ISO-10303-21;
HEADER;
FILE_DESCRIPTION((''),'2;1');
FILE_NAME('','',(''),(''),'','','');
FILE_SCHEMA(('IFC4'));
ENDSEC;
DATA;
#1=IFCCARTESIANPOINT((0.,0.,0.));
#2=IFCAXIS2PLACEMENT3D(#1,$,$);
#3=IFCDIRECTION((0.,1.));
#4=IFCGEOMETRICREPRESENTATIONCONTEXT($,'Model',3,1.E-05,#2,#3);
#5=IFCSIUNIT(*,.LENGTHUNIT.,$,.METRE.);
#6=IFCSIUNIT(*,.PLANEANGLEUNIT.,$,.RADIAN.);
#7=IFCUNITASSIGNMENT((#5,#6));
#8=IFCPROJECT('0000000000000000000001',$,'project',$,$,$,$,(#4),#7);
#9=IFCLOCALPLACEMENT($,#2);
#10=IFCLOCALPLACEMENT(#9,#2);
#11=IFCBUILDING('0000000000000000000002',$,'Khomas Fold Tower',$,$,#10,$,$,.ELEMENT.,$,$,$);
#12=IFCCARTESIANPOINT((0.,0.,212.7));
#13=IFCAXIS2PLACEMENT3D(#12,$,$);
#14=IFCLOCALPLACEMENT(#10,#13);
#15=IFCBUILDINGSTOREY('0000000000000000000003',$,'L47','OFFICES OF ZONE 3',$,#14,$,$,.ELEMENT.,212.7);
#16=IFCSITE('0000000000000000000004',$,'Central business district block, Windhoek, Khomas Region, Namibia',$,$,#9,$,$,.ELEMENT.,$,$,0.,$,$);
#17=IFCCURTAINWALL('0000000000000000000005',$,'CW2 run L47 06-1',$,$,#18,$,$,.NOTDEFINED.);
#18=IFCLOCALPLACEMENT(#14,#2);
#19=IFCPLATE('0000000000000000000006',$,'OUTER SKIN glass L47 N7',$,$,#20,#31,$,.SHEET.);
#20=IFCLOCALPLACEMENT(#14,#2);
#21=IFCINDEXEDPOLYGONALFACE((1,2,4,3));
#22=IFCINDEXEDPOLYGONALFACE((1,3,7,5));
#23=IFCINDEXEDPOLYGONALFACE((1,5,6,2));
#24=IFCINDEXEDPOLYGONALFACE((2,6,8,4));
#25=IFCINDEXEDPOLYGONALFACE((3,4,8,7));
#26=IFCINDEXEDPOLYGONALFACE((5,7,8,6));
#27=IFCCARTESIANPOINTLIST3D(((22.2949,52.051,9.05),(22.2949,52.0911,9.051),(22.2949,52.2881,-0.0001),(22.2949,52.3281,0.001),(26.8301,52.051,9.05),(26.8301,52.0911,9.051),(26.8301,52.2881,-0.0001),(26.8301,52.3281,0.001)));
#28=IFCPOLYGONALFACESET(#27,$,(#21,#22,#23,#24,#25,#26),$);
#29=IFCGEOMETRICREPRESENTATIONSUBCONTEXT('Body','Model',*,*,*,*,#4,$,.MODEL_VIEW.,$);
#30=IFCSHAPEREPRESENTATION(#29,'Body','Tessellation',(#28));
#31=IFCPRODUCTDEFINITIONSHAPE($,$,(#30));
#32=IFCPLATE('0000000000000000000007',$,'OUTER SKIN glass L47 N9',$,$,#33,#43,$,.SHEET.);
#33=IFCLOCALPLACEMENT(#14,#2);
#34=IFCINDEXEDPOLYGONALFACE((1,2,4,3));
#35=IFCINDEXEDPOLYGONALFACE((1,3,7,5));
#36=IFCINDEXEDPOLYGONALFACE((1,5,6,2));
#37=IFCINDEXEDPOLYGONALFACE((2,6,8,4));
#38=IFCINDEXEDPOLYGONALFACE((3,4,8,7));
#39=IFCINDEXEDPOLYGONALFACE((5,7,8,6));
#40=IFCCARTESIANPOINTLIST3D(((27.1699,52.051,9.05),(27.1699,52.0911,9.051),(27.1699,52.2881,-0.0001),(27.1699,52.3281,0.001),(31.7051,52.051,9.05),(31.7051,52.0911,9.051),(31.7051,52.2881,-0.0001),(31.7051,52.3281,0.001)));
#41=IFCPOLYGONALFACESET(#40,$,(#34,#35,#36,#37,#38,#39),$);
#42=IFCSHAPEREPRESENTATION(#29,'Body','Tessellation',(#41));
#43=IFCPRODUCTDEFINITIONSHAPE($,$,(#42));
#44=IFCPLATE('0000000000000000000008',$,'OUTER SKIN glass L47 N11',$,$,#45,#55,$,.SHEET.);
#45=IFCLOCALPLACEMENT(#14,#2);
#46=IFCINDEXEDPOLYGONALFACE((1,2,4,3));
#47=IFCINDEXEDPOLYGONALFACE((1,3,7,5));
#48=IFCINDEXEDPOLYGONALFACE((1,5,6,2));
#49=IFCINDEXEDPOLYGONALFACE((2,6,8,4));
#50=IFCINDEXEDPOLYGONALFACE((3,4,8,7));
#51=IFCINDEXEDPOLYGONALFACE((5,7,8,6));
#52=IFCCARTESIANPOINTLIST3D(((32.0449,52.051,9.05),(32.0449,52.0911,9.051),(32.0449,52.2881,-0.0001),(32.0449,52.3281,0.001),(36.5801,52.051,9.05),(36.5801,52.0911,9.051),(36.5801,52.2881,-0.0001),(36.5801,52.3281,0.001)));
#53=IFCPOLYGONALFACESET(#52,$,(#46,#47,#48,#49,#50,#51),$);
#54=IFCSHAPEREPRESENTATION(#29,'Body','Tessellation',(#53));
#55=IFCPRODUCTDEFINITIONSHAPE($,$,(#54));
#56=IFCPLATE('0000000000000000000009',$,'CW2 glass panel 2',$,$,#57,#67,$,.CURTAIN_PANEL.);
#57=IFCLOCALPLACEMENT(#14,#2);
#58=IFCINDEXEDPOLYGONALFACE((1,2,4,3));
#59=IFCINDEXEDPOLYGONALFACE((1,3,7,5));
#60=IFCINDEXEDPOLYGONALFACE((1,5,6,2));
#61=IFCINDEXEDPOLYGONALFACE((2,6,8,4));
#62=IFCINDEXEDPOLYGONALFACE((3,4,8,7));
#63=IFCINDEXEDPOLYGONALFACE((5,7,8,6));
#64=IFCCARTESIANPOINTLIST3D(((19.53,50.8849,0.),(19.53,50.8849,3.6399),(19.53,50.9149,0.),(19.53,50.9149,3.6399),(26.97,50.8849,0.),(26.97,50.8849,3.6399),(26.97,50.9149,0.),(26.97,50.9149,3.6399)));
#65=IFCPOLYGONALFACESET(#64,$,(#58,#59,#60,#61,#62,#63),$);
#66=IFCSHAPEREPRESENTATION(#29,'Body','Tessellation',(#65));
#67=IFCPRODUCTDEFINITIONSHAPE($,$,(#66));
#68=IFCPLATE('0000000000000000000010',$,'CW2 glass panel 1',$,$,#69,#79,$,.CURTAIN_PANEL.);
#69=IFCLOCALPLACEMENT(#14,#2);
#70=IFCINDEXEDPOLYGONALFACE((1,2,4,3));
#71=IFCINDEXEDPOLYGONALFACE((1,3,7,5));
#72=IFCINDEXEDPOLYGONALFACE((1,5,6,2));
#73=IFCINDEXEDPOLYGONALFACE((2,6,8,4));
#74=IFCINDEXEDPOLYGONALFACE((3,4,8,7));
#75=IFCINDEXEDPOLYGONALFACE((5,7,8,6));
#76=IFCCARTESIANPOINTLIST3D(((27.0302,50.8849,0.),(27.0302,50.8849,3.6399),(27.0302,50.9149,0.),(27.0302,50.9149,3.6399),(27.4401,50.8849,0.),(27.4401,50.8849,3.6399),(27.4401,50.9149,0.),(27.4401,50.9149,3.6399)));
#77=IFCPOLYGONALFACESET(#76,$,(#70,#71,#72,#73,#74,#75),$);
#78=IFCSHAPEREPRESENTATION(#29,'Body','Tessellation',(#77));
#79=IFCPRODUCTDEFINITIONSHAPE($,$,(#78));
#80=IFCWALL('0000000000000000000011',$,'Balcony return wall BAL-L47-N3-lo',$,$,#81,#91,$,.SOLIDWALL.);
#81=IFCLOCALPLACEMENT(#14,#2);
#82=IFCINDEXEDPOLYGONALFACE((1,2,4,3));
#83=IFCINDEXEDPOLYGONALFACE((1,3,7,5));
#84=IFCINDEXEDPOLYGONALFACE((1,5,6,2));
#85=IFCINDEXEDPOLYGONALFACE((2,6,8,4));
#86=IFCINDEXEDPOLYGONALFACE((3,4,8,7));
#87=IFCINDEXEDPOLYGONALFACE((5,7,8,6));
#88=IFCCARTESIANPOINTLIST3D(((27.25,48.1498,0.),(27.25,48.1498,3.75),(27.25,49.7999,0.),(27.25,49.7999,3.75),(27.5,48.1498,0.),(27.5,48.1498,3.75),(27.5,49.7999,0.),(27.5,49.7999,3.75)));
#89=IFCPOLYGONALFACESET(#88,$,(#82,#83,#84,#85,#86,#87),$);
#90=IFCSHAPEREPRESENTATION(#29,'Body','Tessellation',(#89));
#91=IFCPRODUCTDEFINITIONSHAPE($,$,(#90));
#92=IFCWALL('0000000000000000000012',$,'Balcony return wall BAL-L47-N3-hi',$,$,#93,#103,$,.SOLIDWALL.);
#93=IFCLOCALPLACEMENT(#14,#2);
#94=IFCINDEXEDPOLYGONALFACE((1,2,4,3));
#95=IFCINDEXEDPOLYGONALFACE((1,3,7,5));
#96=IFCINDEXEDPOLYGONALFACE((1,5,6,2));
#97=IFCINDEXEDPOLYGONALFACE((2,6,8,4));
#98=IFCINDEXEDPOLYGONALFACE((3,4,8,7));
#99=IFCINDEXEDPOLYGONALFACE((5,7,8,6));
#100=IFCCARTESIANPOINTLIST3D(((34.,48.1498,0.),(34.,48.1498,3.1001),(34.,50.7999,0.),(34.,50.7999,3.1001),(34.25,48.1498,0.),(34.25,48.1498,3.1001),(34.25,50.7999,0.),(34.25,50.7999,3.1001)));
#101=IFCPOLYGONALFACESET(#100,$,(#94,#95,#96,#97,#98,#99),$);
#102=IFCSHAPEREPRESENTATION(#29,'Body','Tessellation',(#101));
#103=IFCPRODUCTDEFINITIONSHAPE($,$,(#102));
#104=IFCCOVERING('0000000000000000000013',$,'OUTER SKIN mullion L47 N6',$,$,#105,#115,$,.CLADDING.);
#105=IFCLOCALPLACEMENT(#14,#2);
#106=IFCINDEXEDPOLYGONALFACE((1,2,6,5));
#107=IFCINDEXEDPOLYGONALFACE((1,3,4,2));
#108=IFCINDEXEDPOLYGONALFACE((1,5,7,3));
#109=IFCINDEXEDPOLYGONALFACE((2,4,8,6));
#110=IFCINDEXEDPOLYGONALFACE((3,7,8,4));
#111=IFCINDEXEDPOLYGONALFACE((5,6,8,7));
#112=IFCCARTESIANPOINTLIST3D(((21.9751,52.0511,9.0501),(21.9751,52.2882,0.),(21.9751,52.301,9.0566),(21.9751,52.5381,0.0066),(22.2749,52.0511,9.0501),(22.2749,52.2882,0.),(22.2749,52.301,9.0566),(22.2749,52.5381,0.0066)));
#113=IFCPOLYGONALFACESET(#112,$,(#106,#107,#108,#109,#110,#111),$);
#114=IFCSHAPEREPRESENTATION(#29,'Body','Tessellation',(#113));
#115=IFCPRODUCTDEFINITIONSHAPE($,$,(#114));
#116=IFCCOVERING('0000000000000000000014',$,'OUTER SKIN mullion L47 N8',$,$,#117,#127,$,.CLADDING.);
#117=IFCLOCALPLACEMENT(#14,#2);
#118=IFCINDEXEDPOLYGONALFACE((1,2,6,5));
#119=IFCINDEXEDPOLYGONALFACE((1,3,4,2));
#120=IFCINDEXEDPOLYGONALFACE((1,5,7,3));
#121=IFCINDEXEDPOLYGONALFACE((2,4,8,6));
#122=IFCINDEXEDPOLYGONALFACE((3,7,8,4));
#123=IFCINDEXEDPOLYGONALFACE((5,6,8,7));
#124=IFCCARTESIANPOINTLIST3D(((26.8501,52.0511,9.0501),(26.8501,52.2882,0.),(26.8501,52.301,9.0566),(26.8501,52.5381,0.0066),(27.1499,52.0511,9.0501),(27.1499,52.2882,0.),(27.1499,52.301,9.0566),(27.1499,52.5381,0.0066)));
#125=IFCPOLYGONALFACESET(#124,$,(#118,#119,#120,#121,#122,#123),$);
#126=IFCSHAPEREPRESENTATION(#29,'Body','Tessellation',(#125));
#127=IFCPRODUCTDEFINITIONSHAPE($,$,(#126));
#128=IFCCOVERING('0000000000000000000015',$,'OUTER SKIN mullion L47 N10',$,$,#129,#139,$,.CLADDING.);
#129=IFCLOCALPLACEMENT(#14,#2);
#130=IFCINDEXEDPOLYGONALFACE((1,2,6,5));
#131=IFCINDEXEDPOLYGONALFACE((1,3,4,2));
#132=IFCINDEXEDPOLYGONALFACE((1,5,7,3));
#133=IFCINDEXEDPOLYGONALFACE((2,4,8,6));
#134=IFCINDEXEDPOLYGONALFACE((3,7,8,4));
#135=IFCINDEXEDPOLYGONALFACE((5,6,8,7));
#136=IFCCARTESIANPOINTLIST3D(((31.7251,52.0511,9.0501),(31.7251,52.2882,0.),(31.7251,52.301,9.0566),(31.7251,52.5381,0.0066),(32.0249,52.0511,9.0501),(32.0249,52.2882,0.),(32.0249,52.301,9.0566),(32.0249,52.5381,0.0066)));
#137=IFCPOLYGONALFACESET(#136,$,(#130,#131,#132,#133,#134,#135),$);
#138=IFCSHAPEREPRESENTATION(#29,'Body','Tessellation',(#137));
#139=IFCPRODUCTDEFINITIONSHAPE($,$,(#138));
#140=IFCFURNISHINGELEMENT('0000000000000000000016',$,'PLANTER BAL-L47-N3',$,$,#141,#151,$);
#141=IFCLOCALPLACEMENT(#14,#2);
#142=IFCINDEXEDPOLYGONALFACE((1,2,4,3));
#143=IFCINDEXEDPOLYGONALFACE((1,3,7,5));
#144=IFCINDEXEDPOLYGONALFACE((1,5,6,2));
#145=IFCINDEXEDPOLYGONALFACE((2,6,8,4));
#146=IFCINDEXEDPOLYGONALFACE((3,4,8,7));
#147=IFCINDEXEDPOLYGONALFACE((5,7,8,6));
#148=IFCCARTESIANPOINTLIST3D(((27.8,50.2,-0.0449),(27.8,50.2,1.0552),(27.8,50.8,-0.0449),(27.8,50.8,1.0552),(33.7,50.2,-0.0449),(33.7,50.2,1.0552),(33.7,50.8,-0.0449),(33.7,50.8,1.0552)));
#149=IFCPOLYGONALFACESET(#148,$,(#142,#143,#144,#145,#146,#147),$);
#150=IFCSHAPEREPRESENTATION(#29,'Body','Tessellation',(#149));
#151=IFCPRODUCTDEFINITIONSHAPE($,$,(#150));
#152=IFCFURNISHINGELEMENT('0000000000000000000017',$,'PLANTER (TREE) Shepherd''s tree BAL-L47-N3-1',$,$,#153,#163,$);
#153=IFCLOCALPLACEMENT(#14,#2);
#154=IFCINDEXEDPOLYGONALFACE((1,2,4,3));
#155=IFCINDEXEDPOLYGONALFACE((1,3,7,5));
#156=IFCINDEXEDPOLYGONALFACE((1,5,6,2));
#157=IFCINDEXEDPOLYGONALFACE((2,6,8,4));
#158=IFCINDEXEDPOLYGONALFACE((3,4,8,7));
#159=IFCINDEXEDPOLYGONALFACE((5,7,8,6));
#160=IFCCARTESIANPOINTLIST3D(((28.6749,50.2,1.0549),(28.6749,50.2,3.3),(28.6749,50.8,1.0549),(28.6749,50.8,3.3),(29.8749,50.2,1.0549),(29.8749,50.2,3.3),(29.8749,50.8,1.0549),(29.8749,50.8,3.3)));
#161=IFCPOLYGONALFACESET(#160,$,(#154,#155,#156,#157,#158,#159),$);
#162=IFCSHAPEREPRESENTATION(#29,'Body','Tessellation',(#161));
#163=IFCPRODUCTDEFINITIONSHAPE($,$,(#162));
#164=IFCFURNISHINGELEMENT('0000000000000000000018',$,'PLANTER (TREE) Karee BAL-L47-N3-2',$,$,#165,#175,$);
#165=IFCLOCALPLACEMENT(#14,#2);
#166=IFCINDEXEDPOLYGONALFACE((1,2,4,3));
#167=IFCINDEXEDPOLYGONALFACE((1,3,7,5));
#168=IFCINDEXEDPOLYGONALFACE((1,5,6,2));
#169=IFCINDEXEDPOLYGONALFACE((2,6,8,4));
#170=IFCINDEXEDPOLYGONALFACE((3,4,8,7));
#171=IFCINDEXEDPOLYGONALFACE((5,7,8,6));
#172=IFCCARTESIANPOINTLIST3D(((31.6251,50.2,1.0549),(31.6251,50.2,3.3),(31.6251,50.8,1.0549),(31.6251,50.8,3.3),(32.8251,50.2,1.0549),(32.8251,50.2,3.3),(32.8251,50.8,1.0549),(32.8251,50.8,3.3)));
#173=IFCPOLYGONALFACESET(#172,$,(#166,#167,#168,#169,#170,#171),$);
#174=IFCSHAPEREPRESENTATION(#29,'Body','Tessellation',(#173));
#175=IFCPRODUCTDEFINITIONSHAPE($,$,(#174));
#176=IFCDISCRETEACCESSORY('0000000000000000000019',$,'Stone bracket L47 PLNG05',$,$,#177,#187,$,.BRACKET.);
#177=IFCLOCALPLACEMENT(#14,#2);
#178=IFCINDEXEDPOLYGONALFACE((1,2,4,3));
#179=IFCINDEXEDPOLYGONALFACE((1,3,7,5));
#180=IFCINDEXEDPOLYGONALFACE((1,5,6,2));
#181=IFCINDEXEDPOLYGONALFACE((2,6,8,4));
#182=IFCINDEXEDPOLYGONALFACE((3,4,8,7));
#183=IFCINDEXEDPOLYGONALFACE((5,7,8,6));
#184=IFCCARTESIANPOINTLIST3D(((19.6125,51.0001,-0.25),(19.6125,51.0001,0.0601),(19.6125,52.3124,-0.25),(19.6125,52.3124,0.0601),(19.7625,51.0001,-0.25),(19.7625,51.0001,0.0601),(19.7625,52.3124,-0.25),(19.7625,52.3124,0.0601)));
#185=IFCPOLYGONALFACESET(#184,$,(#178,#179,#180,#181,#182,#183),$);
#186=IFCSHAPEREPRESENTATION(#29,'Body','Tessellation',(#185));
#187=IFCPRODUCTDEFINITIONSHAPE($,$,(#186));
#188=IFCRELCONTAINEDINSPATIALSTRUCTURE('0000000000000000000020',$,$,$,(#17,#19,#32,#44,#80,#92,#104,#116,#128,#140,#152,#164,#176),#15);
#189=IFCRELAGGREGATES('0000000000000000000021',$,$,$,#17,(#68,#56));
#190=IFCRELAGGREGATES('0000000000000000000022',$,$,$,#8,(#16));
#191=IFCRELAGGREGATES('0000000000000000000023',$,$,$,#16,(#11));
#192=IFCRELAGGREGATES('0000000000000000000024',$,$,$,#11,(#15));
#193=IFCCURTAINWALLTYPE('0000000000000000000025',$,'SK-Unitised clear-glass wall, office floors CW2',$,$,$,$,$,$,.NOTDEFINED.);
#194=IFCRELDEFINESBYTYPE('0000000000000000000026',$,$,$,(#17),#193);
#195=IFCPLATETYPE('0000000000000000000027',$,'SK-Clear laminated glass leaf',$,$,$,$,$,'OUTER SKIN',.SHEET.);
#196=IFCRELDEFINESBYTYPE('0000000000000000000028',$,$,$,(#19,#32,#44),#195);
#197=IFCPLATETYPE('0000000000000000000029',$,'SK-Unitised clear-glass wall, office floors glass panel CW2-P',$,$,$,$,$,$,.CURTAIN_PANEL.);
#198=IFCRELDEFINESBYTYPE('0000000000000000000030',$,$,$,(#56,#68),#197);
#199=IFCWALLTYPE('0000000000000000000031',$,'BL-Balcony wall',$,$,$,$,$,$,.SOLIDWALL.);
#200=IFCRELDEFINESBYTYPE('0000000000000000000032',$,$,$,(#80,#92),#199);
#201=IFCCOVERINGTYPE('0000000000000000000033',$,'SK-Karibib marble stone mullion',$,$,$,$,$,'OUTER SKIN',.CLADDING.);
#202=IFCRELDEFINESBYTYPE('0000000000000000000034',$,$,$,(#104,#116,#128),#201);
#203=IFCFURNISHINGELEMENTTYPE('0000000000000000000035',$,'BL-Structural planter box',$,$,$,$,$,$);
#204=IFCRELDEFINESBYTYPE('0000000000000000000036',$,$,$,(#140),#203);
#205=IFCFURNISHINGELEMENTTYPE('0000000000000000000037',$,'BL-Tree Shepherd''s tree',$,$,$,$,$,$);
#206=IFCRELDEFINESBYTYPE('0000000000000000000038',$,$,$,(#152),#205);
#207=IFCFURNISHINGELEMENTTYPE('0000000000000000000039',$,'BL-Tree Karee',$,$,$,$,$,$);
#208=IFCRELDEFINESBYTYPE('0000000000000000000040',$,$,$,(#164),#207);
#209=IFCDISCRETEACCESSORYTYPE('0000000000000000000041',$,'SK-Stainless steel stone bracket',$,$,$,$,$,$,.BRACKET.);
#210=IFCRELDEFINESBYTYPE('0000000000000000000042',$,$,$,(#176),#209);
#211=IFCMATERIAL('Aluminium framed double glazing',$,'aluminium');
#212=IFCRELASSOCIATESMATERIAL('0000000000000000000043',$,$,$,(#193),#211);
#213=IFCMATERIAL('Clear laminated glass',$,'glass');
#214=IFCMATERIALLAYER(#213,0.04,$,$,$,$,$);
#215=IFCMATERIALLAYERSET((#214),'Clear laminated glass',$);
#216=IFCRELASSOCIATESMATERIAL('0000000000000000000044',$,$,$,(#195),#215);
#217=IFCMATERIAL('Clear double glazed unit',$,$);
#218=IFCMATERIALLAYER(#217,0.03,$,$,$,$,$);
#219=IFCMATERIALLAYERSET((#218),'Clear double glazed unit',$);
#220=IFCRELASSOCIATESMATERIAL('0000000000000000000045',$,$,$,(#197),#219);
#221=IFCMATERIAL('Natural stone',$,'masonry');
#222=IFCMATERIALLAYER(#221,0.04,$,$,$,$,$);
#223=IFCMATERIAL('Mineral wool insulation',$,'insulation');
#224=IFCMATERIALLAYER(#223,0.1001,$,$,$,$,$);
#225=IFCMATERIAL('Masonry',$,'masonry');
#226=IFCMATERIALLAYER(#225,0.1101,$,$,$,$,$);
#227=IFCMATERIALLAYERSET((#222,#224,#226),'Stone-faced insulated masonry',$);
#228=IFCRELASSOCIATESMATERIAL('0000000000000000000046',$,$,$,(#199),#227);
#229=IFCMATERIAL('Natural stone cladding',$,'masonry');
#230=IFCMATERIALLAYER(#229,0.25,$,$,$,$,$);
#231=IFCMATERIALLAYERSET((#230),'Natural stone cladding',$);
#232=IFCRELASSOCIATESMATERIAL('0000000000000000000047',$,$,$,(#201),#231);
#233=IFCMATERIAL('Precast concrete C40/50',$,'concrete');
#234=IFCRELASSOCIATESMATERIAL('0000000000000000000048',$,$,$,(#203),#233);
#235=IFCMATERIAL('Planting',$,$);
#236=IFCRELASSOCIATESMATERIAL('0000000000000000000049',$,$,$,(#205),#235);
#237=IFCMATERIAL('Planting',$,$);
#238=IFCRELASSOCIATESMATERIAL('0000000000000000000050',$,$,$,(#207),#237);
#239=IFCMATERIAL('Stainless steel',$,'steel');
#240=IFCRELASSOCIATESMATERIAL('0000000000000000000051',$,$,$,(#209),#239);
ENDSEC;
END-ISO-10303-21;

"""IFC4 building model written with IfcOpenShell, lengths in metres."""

from ifc_helpers import new_model, si_unit, direction, frame, frame_2d, origin, origin_2d, place, context, subcontext, project, spatial, polyline, rectangle, outline, extrude, source, transform, mapped, material, layer, layer_set, type_object, element, aggregate, save


model = new_model("IFC4")

# Units and contexts
model_context = context("Model", 3, precision=1e-05, world=origin(), true_north=direction((0.0, 1.0)))
body_context = subcontext(model_context, "Body", "Model", "MODEL_VIEW")
ifc_project = project(units=[si_unit("LENGTHUNIT", "METRE"), si_unit("PLANEANGLEUNIT", "RADIAN")], contexts=[model_context])

# Site, building, storey
site_placement = place(None, origin())
site = spatial("IfcSite", under=ifc_project, at=site_placement, Name="Central business district block, Windhoek, Khomas Region, Namibia", CompositionType="ELEMENT", RefElevation=0.0)
building_placement = place(site_placement, origin())
building = spatial("IfcBuilding", under=site, at=building_placement, Name="Khomas Fold Tower", CompositionType="ELEMENT")
storey_placement = place(building_placement, frame((0.0, 0.0, 212.7)))
storey = spatial("IfcBuildingStorey", under=building, at=storey_placement, Name="L47", Description="OFFICES OF ZONE 3", CompositionType="ELEMENT", Elevation=212.7)

# Shared definitions
ifc_material_1 = material(Name="Aluminium framed double glazing", Category="aluminium")
curtain_wall_type = type_object("IfcCurtainWallType", Name="SK-Unitised clear-glass wall, office floors CW2", PredefinedType="NOTDEFINED", material=ifc_material_1)

# Curtain wall
curtain_wall_1_placement = place(storey_placement, origin())
curtain_wall_1 = element("IfcCurtainWall", 1, at=curtain_wall_1_placement, inside=storey, type_object=curtain_wall_type, Name="CW2 run L47 06-1", PredefinedType="NOTDEFINED")

# Plates
ifc_material_2 = material(Name="Clear laminated glass", Category="glass")
ifc_layer_1 = layer(ifc_material_2, 0.04)
ifc_layer_set_1 = layer_set([ifc_layer_1], Name="Clear laminated glass")
plate_type_1 = type_object("IfcPlateType", Name="SK-Clear laminated glass leaf", ElementType="OUTER SKIN", PredefinedType="SHEET", material=ifc_layer_set_1)
for number, where, z_axis, x_axis, name in (
    (2, (22.2949, 52.3281, 0.001), (0.0, 0.999657, 0.026185), (1.0, 0.0, 0.0), "OUTER SKIN glass L47 N7"),
    (3, (27.1699, 52.3281, 0.001), (0.0, 0.999657, 0.026185), (1.0, 0.0, 0.0), "OUTER SKIN glass L47 N9"),
    (4, (32.0449, 52.3281, 0.001), (0.0, 0.999657, 0.026185), (1.0, 0.0, 0.0), "OUTER SKIN glass L47 N11"),
):
    element("IfcPlate", number, at=place(storey_placement, frame(where, z_axis=z_axis, x_axis=x_axis)), inside=storey, type_object=plate_type_1, Name=name, PredefinedType="SHEET", context=body_context, shape_type="SweptSolid", body=[
        extrude(outline(polyline([(0.0, 0.0), (4.5352, 0.0), (4.5352, -9.0532), (0.0, -9.0532), (0.0, 0.0)])), origin(), (0.0, 0.0, -1.0), 0.04),
    ])

# Plates
ifc_material_3 = material(Name="Clear double glazed unit")
ifc_layer_2 = layer(ifc_material_3, 0.03)
ifc_layer_set_2 = layer_set([ifc_layer_2], Name="Clear double glazed unit")
plate_type_2 = type_object("IfcPlateType", Name="SK-Unitised clear-glass wall, office floors glass panel CW2-P", PredefinedType="CURTAIN_PANEL", material=ifc_layer_set_2)
shared_shape_1 = source(origin(), body_context, "Body", "SweptSolid", [
    extrude(rectangle(XDim=7.4399, YDim=0.03, at=origin_2d()), origin(), (0.0, 0.0, 1.0), 3.6399),
])
plate_1_placement = place(storey_placement, frame((23.25, 50.8999, 0.0), z_axis=(0.0, 0.0, 1.0), x_axis=(-1.0, 0.0, 0.0)))
plate_1 = element("IfcPlate", 5, at=plate_1_placement, type_object=plate_type_2, Name="CW2 glass panel 2", PredefinedType="CURTAIN_PANEL", context=body_context, shape_type="MappedRepresentation", body=[
    mapped(shared_shape_1, transform((0.0, 0.0, 0.0))),
])
shared_shape_2 = source(origin(), body_context, "Body", "SweptSolid", [
    extrude(rectangle(XDim=0.4099, YDim=0.03, at=origin_2d()), origin(), (0.0, 0.0, 1.0), 3.6399),
])
plate_2_placement = place(storey_placement, frame((27.2351, 50.8999, 0.0), z_axis=(0.0, 0.0, 1.0), x_axis=(-1.0, 0.0, 0.0)))
plate_2 = element("IfcPlate", 6, at=plate_2_placement, type_object=plate_type_2, Name="CW2 glass panel 1", PredefinedType="CURTAIN_PANEL", context=body_context, shape_type="MappedRepresentation", body=[
    mapped(shared_shape_2, transform((0.0, 0.0, 0.0))),
])
aggregate(curtain_wall_1, [plate_2, plate_1])

# Walls
ifc_material_4 = material(Name="Natural stone", Category="masonry")
ifc_layer_3 = layer(ifc_material_4, 0.04)
ifc_material_5 = material(Name="Mineral wool insulation", Category="insulation")
ifc_layer_4 = layer(ifc_material_5, 0.1001)
ifc_material_6 = material(Name="Masonry", Category="masonry")
ifc_layer_5 = layer(ifc_material_6, 0.1101)
ifc_layer_set_3 = layer_set([ifc_layer_3, ifc_layer_4, ifc_layer_5], Name="Stone-faced insulated masonry")
wall_type = type_object("IfcWallType", Name="BL-Balcony wall", PredefinedType="SOLIDWALL", material=ifc_layer_set_3)
shared_shape_3 = source(origin(), body_context, "Body", "SweptSolid", [
    extrude(rectangle(XDim=1.6501, YDim=0.25, at=frame_2d((0.8252, 0.0))), origin(), (0.0, 0.0, 1.0), 3.75),
])
wall_1_placement = place(storey_placement, frame((27.375, 49.8, 0.0), z_axis=(0.0, 0.0, 1.0), x_axis=(0.0, -1.0, 0.0)))
element("IfcWall", 7, at=wall_1_placement, inside=storey, type_object=wall_type, Name="Balcony return wall BAL-L47-N3-lo", PredefinedType="SOLIDWALL", context=body_context, shape_type="MappedRepresentation", body=[
    mapped(shared_shape_3, transform((0.0, 0.0, 0.0))),
])
shared_shape_4 = source(origin(), body_context, "Body", "SweptSolid", [
    extrude(rectangle(XDim=2.6501, YDim=0.25, at=frame_2d((1.3252, 0.0))), origin(), (0.0, 0.0, 1.0), 3.1001),
])
wall_2_placement = place(storey_placement, frame((34.125, 50.8, 0.0), z_axis=(0.0, 0.0, 1.0), x_axis=(0.0, -1.0, 0.0)))
element("IfcWall", 8, at=wall_2_placement, inside=storey, type_object=wall_type, Name="Balcony return wall BAL-L47-N3-hi", PredefinedType="SOLIDWALL", context=body_context, shape_type="MappedRepresentation", body=[
    mapped(shared_shape_4, transform((0.0, 0.0, 0.0))),
])

# Coverings
ifc_material_7 = material(Name="Natural stone cladding", Category="masonry")
ifc_layer_6 = layer(ifc_material_7, 0.25)
ifc_layer_set_4 = layer_set([ifc_layer_6], Name="Natural stone cladding")
covering_type = type_object("IfcCoveringType", Name="SK-Karibib marble stone mullion", ElementType="OUTER SKIN", PredefinedType="CLADDING", material=ifc_layer_set_4)
for number, where, z_axis, x_axis, name in (
    (9, (21.9751, 52.5381, 0.0066), (0.0, 0.999657, 0.026185), (1.0, 0.0, 0.0), "OUTER SKIN mullion L47 N6"),
    (10, (26.8501, 52.5381, 0.0066), (0.0, 0.999657, 0.026185), (1.0, 0.0, 0.0), "OUTER SKIN mullion L47 N8"),
    (11, (31.7251, 52.5381, 0.0066), (0.0, 0.999657, 0.026185), (1.0, 0.0, 0.0), "OUTER SKIN mullion L47 N10"),
):
    element("IfcCovering", number, at=place(storey_placement, frame(where, z_axis=z_axis, x_axis=x_axis)), inside=storey, type_object=covering_type, Name=name, PredefinedType="CLADDING", context=body_context, shape_type="SweptSolid", body=[
        extrude(outline(polyline([(0.0, 0.0), (0.2998, 0.0), (0.2998, -9.0532), (0.0, -9.0532), (0.0, 0.0)])), origin(), (0.0, 0.0, -1.0), 0.25),
    ])

# Furnishing elements
ifc_material_8 = material(Name="Precast concrete C40/50", Category="concrete")
furnishing_element_type_1 = type_object("IfcFurnishingElementType", Name="BL-Structural planter box", material=ifc_material_8)
shared_shape_5 = source(origin(), body_context, "Body", "SweptSolid", [
    extrude(rectangle(XDim=5.8999, YDim=0.6001, at=origin_2d()), origin(), (0.0, 0.0, 1.0), 1.1001),
])
furnishing_1_placement = place(storey_placement, frame((30.75, 50.5, -0.0449), z_axis=(0.0, 0.0, 1.0), x_axis=(1.0, 0.0, 0.0)))
element("IfcFurnishingElement", 12, at=furnishing_1_placement, inside=storey, type_object=furnishing_element_type_1, Name="PLANTER BAL-L47-N3", context=body_context, shape_type="MappedRepresentation", body=[
    mapped(shared_shape_5, transform((0.0, 0.0, 0.0))),
])
ifc_material_9 = material(Name="Planting")
furnishing_element_type_2 = type_object("IfcFurnishingElementType", Name="BL-Tree Shepherd's tree", material=ifc_material_9)
shared_shape_6 = source(origin(), body_context, "Body", "SweptSolid", [
    extrude(rectangle(XDim=1.2, YDim=0.6001, at=origin_2d()), origin(), (0.0, 0.0, 1.0), 2.2451),
])
furnishing_2_placement = place(storey_placement, frame((29.2749, 50.5, 1.0549), z_axis=(0.0, 0.0, 1.0), x_axis=(1.0, 0.0, 0.0)))
element("IfcFurnishingElement", 13, at=furnishing_2_placement, inside=storey, type_object=furnishing_element_type_2, Name="PLANTER (TREE) Shepherd's tree BAL-L47-N3-1", context=body_context, shape_type="MappedRepresentation", body=[
    mapped(shared_shape_6, transform((0.0, 0.0, 0.0))),
])
ifc_material_10 = material(Name="Planting")
furnishing_element_type_3 = type_object("IfcFurnishingElementType", Name="BL-Tree Karee", material=ifc_material_10)
furnishing_3_placement = place(storey_placement, frame((32.2251, 50.5, 1.0549), z_axis=(0.0, 0.0, 1.0), x_axis=(1.0, 0.0, 0.0)))
element("IfcFurnishingElement", 14, at=furnishing_3_placement, inside=storey, type_object=furnishing_element_type_3, Name="PLANTER (TREE) Karee BAL-L47-N3-2", context=body_context, shape_type="MappedRepresentation", body=[
    mapped(shared_shape_6, transform((0.0, 0.0, 0.0))),
])

# Discrete accessory
ifc_material_11 = material(Name="Stainless steel", Category="steel")
discrete_accessory_type = type_object("IfcDiscreteAccessoryType", Name="SK-Stainless steel stone bracket", PredefinedType="BRACKET", material=ifc_material_11)
shared_shape_7 = source(origin(), body_context, "Body", "SweptSolid", [
    extrude(rectangle(XDim=1.3123, YDim=0.1499, at=origin_2d()), origin(), (0.0, 0.0, 1.0), 0.3101),
])
for number, where, z_axis, x_axis, name in (
    (15, (19.6875, 51.6562, -0.25), (0.0, 0.0, 1.0), (0.0, 1.0, 0.0), "Stone bracket L47 PLNG05"),
):
    element("IfcDiscreteAccessory", number, at=place(storey_placement, frame(where, z_axis=z_axis, x_axis=x_axis)), inside=storey, type_object=discrete_accessory_type, Name=name, PredefinedType="BRACKET", context=body_context, shape_type="MappedRepresentation", body=[
        mapped(shared_shape_7, transform((0.0, 0.0, 0.0))),
    ])

save(model, "model.ifc")
